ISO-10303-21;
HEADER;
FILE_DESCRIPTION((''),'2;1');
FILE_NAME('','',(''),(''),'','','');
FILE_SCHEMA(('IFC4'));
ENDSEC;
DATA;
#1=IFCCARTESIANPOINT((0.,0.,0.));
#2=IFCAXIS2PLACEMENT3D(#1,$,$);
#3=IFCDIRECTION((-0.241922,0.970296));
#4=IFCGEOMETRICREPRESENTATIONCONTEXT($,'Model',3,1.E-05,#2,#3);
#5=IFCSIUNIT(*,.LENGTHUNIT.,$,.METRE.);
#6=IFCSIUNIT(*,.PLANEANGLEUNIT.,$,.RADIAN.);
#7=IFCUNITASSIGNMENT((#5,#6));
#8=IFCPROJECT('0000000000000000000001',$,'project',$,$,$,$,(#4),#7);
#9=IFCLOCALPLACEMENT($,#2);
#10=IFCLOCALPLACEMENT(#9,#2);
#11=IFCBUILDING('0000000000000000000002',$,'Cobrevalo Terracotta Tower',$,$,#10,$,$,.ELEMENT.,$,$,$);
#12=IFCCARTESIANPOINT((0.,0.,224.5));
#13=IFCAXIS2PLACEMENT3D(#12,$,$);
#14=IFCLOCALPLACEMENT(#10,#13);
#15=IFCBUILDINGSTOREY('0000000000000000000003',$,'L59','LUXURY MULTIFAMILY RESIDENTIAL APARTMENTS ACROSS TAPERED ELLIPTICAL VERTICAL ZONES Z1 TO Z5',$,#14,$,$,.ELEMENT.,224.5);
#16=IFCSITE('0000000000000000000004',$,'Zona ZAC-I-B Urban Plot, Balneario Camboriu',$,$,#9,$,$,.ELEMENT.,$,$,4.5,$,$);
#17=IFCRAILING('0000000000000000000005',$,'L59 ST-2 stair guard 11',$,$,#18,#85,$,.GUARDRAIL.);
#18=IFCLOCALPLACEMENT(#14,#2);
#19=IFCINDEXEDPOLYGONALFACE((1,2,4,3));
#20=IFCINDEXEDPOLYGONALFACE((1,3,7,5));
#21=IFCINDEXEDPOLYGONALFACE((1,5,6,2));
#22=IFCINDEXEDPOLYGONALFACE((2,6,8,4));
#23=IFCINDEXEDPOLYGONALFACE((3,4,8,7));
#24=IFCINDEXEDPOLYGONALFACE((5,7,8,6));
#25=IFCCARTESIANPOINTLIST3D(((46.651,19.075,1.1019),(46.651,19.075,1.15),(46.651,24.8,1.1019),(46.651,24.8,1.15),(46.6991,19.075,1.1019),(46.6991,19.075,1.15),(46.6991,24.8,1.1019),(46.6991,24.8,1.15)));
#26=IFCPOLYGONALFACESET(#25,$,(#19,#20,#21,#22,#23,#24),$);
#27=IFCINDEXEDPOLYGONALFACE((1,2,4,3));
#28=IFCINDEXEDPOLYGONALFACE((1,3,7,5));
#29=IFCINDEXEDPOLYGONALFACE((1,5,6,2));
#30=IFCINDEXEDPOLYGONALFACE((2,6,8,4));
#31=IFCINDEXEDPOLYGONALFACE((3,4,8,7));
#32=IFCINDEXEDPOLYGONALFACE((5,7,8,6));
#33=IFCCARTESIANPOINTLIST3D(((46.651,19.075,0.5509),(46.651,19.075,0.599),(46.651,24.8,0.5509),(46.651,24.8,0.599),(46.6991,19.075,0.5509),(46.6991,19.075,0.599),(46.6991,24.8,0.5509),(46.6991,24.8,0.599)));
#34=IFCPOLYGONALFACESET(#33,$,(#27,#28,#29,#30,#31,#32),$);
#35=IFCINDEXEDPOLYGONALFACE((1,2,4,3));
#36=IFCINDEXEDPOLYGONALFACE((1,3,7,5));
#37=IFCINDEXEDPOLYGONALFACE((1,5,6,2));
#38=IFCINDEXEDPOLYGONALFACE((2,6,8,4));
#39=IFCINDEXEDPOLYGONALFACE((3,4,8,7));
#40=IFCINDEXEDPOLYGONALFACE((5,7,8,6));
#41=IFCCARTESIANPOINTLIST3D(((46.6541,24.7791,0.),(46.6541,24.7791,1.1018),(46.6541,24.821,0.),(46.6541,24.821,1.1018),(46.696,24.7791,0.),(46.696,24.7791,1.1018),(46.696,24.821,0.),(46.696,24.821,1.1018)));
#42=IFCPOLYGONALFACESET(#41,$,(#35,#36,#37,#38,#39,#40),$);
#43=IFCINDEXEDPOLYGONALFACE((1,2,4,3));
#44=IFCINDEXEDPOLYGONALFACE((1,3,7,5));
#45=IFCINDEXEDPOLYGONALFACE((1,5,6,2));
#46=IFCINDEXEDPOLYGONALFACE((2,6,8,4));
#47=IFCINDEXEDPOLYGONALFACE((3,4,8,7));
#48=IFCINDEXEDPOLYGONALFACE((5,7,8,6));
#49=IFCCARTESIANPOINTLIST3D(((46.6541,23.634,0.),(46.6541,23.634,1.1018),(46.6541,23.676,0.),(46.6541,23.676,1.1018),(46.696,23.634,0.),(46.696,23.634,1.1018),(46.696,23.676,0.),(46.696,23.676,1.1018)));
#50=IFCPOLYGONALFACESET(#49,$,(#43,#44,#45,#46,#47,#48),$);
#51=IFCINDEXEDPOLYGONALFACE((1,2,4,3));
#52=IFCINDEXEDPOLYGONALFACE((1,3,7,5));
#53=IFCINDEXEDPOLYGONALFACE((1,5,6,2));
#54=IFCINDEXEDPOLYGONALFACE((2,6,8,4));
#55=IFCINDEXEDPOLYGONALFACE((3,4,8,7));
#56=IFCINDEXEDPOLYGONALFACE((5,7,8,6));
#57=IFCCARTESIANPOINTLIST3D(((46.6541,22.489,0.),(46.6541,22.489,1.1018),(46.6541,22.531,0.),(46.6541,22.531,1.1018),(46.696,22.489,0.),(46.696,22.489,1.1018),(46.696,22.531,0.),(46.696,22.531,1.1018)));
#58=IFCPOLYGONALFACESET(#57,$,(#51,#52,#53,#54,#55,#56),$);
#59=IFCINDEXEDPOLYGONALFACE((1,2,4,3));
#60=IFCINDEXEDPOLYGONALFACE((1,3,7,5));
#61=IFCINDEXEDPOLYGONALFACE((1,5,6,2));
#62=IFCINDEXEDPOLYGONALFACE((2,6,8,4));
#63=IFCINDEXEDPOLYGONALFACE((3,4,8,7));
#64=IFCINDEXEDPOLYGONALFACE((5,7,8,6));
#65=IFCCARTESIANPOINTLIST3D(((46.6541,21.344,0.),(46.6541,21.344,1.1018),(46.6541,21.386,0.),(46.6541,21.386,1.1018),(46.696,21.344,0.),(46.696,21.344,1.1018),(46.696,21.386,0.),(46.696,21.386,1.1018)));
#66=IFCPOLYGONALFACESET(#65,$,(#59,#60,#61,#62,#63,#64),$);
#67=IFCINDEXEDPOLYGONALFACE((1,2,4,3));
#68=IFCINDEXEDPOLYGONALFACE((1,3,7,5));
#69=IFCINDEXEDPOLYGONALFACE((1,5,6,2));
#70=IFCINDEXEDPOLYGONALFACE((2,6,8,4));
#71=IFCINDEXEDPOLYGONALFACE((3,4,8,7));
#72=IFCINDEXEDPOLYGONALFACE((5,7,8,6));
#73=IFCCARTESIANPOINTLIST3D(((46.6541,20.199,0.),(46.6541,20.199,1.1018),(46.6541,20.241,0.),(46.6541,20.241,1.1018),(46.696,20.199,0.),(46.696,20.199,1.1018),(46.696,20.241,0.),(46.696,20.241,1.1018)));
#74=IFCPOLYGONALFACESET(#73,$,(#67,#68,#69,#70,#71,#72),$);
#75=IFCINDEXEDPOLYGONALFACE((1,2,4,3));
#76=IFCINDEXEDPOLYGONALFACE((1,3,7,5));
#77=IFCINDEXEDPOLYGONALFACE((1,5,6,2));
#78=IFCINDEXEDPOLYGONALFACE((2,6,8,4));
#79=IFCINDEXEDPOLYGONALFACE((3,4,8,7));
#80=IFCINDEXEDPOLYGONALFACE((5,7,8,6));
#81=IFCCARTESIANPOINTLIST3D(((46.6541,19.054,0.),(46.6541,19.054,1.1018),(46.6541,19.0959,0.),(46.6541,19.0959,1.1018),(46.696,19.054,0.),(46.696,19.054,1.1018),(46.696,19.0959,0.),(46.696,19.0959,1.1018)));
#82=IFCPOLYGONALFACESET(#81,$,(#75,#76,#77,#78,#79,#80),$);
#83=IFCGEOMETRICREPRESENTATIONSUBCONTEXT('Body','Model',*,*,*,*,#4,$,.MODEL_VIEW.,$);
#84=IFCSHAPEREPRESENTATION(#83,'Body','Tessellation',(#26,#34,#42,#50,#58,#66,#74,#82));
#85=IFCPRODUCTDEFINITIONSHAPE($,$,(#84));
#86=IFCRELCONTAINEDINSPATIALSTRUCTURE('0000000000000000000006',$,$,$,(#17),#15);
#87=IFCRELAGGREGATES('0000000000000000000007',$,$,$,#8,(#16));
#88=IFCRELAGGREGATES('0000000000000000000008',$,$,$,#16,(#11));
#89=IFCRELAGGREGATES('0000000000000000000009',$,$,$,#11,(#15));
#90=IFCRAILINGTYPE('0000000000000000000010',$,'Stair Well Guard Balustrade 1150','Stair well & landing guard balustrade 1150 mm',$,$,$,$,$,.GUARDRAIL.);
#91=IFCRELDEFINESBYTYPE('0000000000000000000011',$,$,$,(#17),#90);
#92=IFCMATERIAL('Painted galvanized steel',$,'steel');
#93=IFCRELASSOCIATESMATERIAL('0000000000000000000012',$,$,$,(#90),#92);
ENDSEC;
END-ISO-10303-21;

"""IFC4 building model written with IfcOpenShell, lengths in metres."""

from ifc_helpers import new_model, si_unit, direction, frame, origin, origin_2d, place, context, subcontext, project, spatial, rectangle, extrude, material, type_object, element, save


model = new_model("IFC4")

# Units and contexts
model_context = context("Model", 3, precision=1e-05, world=origin(), true_north=direction((-0.241922, 0.970296)))
body_context = subcontext(model_context, "Body", "Model", "MODEL_VIEW")
ifc_project = project(units=[si_unit("LENGTHUNIT", "METRE"), si_unit("PLANEANGLEUNIT", "RADIAN")], contexts=[model_context])

# Site, building, storey
site_placement = place(None, origin())
site = spatial("IfcSite", under=ifc_project, at=site_placement, Name="Zona ZAC-I-B Urban Plot, Balneario Camboriu", CompositionType="ELEMENT", RefElevation=4.5)
building_placement = place(site_placement, origin())
building = spatial("IfcBuilding", under=site, at=building_placement, Name="Cobrevalo Terracotta Tower", CompositionType="ELEMENT")
storey_placement = place(building_placement, frame((0.0, 0.0, 224.5)))
storey = spatial("IfcBuildingStorey", under=building, at=storey_placement, Name="L59", Description="LUXURY MULTIFAMILY RESIDENTIAL APARTMENTS ACROSS TAPERED ELLIPTICAL VERTICAL ZONES Z1 TO Z5", CompositionType="ELEMENT", Elevation=224.5)

# Railing
ifc_material_1 = material(Name="Painted galvanized steel", Category="steel")
railing_type = type_object("IfcRailingType", Name="Stair Well Guard Balustrade 1150", Description="Stair well & landing guard balustrade 1150 mm", PredefinedType="GUARDRAIL", material=ifc_material_1)
for number, where, name in (
    (1, (46.675, 24.8, 0.0), "L59 ST-2 stair guard 11"),
):
    element("IfcRailing", number, at=place(storey_placement, frame(where)), inside=storey, type_object=railing_type, Name=name, PredefinedType="GUARDRAIL", context=body_context, shape_type="SweptSolid", body=[
        extrude(rectangle(XDim=0.0481, YDim=0.0481, at=origin_2d()), frame((0.0, 0.0, 1.126), z_axis=(0.0, -1.0, 0.0), x_axis=(1.0, 0.0, 0.0)), (0.0, 0.0, 1.0), 5.7251),
        extrude(rectangle(XDim=0.0481, YDim=0.0481, at=origin_2d()), frame((0.0, 0.0, 0.575), z_axis=(0.0, -1.0, 0.0), x_axis=(1.0, 0.0, 0.0)), (0.0, 0.0, 1.0), 5.7251),
        extrude(rectangle(XDim=0.042, YDim=0.042, at=origin_2d()), origin(), (0.0, 0.0, 1.0), 1.1018),
        extrude(rectangle(XDim=0.042, YDim=0.042, at=origin_2d()), frame((0.0, -1.145, 0.0)), (0.0, 0.0, 1.0), 1.1018),
        extrude(rectangle(XDim=0.042, YDim=0.042, at=origin_2d()), frame((0.0, -2.29, 0.0)), (0.0, 0.0, 1.0), 1.1018),
        extrude(rectangle(XDim=0.042, YDim=0.042, at=origin_2d()), frame((0.0, -3.4351, 0.0)), (0.0, 0.0, 1.0), 1.1018),
        extrude(rectangle(XDim=0.042, YDim=0.042, at=origin_2d()), frame((0.0, -4.5801, 0.0)), (0.0, 0.0, 1.0), 1.1018),
        extrude(rectangle(XDim=0.042, YDim=0.042, at=origin_2d()), frame((0.0, -5.7251, 0.0)), (0.0, 0.0, 1.0), 1.1018),
    ])

save(model, "model.ifc")
